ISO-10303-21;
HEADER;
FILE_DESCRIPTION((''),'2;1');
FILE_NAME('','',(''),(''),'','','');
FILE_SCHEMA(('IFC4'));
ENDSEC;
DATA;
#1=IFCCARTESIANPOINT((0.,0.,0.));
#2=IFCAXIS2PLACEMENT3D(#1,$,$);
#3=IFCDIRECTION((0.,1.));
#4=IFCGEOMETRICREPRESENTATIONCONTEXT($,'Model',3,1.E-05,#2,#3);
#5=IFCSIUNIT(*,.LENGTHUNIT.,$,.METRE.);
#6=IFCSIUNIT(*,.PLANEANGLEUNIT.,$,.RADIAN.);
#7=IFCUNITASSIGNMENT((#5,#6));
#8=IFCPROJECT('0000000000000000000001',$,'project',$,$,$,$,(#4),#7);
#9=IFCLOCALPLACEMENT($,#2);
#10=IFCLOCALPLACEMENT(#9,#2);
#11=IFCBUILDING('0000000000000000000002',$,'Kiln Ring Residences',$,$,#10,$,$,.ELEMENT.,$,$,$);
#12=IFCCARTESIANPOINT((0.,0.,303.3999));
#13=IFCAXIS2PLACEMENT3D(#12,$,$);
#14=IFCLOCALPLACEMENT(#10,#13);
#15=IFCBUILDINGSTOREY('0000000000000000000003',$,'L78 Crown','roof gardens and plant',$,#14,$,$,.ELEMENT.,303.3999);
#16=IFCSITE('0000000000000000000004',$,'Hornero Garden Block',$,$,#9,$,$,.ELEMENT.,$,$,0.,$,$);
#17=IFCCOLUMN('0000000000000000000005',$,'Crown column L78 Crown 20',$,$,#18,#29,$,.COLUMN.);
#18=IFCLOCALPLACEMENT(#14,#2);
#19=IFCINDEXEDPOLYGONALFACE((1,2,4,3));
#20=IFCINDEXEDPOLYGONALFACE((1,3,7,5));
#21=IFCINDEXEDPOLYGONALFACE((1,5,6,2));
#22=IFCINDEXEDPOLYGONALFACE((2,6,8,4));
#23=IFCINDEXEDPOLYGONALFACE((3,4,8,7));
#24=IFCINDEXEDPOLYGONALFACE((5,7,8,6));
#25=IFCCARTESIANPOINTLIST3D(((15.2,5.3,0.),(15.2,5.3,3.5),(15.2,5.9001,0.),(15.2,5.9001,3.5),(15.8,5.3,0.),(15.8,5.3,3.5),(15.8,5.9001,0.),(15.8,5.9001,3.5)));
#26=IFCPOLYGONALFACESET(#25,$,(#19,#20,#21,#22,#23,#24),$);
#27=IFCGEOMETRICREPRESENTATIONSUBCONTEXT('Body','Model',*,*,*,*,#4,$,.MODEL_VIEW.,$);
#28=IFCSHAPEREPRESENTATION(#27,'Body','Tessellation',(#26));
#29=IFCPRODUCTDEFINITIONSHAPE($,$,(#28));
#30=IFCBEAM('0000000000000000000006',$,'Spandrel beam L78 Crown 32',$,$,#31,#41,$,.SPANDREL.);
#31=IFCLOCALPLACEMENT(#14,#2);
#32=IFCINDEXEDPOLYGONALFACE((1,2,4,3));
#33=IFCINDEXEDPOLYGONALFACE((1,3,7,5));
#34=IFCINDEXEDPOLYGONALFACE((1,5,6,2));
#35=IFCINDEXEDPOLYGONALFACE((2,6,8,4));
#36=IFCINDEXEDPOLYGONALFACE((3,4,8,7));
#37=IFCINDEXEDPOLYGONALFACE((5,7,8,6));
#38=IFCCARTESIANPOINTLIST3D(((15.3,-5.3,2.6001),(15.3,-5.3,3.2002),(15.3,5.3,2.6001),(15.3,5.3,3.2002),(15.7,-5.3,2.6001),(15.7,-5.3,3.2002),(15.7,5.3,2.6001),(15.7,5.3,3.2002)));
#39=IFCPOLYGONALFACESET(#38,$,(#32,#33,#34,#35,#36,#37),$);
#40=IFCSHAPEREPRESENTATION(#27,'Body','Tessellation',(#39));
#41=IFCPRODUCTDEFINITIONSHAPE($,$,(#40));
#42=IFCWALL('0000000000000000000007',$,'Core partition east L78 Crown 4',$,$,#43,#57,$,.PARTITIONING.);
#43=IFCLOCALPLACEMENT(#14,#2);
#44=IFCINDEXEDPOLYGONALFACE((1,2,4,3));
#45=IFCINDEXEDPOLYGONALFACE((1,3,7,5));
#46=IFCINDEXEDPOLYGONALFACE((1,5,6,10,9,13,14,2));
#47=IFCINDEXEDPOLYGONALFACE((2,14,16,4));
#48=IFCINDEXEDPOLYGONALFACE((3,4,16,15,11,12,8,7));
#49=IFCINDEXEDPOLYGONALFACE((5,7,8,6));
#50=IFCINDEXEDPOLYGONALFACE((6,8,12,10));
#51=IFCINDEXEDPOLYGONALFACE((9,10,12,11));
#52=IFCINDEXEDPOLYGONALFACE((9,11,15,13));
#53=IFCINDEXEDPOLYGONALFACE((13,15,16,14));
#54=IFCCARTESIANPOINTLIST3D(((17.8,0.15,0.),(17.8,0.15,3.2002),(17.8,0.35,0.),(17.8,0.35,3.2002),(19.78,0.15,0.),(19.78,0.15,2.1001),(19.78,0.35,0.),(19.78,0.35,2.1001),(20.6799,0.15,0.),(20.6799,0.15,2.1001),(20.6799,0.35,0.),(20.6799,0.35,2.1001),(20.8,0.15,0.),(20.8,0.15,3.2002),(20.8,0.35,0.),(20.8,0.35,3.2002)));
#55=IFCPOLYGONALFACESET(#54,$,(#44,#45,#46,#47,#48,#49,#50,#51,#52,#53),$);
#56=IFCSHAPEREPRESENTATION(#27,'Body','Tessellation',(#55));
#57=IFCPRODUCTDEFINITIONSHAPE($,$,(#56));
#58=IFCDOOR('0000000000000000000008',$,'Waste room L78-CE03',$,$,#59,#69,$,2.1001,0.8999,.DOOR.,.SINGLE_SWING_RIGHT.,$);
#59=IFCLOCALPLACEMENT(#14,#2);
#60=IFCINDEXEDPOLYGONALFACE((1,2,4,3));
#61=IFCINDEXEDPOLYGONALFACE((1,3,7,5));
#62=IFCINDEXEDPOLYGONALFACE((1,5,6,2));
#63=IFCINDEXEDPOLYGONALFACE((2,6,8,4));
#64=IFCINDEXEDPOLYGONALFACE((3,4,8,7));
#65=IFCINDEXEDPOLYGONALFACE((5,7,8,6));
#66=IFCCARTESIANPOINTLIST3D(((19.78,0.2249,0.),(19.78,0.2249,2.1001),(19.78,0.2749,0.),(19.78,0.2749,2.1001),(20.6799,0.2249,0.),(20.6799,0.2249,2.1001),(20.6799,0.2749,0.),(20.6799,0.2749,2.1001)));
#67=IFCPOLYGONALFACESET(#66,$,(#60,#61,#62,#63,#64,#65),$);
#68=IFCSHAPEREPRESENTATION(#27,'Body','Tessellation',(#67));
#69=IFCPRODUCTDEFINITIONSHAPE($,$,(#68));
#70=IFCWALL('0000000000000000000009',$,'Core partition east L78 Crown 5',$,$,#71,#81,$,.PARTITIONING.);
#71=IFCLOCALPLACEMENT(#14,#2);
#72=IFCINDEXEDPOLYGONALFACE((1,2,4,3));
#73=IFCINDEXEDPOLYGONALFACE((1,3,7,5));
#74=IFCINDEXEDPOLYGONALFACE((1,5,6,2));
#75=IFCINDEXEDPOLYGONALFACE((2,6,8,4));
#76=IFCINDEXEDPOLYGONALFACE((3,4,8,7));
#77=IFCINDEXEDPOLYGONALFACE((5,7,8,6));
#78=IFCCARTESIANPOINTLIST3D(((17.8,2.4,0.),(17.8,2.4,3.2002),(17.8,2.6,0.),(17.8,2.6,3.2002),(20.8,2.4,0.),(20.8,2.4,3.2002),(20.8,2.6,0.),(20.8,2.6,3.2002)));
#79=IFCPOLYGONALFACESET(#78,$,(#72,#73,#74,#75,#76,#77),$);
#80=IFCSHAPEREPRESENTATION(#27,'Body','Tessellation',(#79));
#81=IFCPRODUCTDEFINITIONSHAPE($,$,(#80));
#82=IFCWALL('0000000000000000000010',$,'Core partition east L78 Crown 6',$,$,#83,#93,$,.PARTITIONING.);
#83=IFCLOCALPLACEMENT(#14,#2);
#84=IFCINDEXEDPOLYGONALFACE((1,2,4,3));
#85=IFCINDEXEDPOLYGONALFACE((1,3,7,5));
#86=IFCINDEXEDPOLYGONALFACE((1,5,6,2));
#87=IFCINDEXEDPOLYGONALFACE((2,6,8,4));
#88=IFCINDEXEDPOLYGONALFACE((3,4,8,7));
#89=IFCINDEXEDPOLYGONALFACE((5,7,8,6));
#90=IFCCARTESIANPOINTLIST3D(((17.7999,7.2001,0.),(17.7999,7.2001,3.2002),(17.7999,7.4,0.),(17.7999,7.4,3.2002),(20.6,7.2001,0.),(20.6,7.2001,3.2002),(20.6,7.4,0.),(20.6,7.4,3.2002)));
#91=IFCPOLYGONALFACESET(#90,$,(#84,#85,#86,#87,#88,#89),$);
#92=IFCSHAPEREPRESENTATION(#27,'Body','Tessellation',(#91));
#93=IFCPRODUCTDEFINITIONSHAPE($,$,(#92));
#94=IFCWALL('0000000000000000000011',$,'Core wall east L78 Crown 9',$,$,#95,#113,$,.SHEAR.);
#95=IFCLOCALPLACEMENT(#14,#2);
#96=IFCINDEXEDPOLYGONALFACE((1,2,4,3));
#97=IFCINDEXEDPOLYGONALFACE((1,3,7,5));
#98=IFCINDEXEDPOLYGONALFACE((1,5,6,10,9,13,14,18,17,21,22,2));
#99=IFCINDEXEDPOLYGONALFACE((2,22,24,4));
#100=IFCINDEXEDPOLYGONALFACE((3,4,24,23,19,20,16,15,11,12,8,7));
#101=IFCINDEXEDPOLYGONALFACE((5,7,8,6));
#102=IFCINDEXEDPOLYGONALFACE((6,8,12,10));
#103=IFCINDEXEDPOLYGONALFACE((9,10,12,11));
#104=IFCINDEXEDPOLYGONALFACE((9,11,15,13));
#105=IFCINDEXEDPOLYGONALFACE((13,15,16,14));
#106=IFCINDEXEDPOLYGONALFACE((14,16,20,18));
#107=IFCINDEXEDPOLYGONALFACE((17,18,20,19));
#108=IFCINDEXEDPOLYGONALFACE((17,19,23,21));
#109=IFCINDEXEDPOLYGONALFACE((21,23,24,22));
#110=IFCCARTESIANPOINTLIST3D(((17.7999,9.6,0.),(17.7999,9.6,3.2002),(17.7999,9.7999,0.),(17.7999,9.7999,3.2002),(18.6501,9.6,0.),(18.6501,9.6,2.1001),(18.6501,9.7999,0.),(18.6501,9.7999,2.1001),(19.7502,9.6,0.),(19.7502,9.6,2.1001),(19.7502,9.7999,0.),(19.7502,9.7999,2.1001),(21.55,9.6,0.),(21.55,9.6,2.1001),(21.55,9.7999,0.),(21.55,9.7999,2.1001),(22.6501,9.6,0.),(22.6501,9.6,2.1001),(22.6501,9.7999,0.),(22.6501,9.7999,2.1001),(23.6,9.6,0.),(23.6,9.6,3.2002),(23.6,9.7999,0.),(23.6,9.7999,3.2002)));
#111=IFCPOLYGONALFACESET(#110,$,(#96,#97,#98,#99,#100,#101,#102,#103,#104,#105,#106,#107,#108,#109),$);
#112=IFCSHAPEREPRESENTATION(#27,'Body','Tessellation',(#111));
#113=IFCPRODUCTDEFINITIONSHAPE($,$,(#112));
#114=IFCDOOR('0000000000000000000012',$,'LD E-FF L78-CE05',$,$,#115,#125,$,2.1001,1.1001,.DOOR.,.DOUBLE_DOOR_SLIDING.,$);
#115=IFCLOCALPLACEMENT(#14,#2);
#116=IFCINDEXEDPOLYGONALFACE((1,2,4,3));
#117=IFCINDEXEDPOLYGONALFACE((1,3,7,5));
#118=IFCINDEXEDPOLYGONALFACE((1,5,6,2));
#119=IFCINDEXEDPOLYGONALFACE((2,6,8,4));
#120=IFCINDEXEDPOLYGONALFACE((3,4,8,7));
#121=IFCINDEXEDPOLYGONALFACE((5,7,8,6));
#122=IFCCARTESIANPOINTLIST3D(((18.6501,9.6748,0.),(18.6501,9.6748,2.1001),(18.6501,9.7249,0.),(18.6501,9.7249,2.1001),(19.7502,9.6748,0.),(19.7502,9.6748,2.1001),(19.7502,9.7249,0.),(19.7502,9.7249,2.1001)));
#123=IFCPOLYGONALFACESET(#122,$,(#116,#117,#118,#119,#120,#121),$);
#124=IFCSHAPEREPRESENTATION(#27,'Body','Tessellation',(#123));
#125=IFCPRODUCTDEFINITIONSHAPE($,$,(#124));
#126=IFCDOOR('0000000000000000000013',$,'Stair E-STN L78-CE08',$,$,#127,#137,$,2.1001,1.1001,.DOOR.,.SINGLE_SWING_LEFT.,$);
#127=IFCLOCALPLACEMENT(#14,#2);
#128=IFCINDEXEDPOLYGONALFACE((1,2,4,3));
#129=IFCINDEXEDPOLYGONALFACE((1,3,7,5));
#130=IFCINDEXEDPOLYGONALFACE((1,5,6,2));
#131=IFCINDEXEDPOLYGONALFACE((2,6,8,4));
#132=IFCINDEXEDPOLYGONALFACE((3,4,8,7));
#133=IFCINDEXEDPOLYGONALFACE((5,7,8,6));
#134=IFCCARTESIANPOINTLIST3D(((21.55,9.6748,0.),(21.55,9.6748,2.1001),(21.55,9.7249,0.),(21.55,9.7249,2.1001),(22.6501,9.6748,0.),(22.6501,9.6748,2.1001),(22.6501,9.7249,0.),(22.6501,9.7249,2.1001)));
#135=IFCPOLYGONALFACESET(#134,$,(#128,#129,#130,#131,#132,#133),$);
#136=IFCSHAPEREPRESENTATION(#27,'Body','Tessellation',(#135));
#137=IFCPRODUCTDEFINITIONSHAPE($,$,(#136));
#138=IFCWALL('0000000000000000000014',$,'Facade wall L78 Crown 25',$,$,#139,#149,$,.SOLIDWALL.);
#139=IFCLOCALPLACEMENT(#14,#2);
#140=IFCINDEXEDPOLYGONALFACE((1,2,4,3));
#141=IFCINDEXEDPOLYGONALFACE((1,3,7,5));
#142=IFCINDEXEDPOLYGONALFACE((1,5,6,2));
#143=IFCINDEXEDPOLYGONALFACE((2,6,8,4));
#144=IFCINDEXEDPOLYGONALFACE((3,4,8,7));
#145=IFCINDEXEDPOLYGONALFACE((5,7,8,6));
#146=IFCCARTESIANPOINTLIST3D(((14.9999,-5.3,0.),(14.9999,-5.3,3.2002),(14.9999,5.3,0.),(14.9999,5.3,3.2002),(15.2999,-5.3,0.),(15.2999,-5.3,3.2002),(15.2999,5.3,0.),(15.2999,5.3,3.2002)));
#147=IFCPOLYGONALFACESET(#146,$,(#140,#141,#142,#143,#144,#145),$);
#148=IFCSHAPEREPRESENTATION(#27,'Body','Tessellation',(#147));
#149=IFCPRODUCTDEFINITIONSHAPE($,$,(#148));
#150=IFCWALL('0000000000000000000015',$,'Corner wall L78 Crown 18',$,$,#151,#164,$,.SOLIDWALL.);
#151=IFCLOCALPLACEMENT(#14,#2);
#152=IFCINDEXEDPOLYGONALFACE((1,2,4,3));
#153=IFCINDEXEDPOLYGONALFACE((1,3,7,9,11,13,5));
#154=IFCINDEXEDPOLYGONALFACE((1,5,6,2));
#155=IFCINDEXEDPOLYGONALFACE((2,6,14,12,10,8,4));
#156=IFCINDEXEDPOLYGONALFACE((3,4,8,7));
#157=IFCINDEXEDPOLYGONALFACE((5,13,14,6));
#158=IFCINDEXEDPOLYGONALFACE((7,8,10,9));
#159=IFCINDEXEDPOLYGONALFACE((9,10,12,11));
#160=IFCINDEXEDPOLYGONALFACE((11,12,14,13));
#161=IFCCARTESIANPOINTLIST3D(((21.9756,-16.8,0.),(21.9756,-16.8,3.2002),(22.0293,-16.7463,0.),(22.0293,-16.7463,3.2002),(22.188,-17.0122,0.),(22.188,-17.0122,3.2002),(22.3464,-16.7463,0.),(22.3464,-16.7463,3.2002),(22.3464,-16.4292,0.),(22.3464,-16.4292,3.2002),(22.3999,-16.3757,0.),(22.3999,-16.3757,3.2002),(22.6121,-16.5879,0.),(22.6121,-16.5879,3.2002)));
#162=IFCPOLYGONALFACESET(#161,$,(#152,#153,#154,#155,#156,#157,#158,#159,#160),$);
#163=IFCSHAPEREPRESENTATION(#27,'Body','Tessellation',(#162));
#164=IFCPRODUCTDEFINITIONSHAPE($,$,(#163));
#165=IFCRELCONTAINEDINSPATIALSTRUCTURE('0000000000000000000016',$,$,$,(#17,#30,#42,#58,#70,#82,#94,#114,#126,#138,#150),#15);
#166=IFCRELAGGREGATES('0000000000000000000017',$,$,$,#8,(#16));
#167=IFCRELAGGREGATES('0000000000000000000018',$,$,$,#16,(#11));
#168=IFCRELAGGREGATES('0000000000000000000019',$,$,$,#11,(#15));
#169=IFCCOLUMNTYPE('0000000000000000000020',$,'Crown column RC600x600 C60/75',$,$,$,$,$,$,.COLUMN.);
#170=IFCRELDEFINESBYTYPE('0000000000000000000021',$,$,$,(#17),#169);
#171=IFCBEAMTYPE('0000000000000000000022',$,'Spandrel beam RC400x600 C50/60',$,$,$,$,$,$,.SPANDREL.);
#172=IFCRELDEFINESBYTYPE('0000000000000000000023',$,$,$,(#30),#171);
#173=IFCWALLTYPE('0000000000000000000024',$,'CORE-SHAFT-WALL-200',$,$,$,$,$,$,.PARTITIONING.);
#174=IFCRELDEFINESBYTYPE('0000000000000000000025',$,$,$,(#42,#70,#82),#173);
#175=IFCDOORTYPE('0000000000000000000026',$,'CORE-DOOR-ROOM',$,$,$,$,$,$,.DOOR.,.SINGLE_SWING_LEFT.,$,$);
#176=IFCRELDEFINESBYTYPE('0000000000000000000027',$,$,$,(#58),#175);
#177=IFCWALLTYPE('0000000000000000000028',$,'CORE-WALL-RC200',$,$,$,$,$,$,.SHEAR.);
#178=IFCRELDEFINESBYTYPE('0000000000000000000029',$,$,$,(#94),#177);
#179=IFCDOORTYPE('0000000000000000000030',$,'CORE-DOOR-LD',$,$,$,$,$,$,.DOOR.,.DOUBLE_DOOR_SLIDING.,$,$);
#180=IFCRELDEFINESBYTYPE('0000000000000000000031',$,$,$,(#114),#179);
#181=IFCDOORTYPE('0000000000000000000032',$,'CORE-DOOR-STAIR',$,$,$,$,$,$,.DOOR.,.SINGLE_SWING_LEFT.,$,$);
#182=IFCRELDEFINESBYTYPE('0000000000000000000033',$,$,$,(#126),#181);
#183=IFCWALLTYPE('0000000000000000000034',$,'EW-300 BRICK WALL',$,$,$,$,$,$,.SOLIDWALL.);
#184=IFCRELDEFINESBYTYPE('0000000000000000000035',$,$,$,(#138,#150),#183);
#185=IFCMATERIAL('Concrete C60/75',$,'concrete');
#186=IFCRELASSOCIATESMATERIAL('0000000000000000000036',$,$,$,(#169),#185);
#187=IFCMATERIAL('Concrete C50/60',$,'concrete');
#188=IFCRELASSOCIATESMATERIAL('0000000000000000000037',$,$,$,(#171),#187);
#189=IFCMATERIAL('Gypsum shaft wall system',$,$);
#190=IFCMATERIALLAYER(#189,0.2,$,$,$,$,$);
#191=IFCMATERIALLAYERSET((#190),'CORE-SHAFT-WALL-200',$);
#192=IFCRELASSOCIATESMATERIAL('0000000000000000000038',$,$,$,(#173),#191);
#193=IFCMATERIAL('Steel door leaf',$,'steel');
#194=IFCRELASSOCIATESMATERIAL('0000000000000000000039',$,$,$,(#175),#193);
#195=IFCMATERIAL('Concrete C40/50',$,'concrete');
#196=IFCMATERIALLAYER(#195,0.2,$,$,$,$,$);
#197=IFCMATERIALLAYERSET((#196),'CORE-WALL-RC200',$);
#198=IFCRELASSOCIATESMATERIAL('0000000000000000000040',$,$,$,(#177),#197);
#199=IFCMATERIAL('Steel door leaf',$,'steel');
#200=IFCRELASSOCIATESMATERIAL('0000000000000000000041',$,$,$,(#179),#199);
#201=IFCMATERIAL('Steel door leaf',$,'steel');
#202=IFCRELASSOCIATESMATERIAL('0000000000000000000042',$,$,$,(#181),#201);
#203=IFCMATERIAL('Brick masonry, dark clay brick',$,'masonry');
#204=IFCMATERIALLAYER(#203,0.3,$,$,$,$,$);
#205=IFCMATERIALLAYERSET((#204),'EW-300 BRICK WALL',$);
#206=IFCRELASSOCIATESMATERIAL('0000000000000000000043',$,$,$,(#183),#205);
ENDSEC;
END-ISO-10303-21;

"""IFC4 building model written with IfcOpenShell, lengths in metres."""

from ifc_helpers import new_model, si_unit, direction, frame, frame_2d, origin, origin_2d, place, context, subcontext, project, spatial, polyline, rectangle, outline, extrude, material, layer, layer_set, material_profile, profile_set, type_object, element, fill, save


model = new_model("IFC4")

# Units and contexts
model_context = context("Model", 3, precision=1e-05, world=origin(), true_north=direction((0.0, 1.0)))
body_context = subcontext(model_context, "Body", "Model", "MODEL_VIEW")
ifc_project = project(units=[si_unit("LENGTHUNIT", "METRE"), si_unit("PLANEANGLEUNIT", "RADIAN")], contexts=[model_context])

# Site, building, storey
site_placement = place(None, origin())
site = spatial("IfcSite", under=ifc_project, at=site_placement, Name="Hornero Garden Block", CompositionType="ELEMENT", RefElevation=0.0)
building_placement = place(site_placement, origin())
building = spatial("IfcBuilding", under=site, at=building_placement, Name="Kiln Ring Residences", CompositionType="ELEMENT")
storey_placement = place(building_placement, frame((0.0, 0.0, 303.3999)))
storey = spatial("IfcBuildingStorey", under=building, at=storey_placement, Name="L78 Crown", Description="roof gardens and plant", CompositionType="ELEMENT", Elevation=303.3999)

# Column
ifc_material_1 = material(Name="Concrete C60/75", Category="concrete")
ifc_material_profile_1 = material_profile(ifc_material_1, rectangle(XDim=0.6001, YDim=0.6001, at=origin_2d()), Name="RC600x600")
ifc_profile_set_1 = profile_set([ifc_material_profile_1], Name="Concrete C60/75")
column_type = type_object("IfcColumnType", Name="Crown column RC600x600 C60/75", PredefinedType="COLUMN", material=ifc_profile_set_1)
column_placement = place(storey_placement, frame((15.5, 5.6001, 0.0), z_axis=(0.0, 0.0, 1.0), x_axis=(1.0, 0.0, 0.0)))
element("IfcColumn", 1, at=column_placement, inside=storey, type_object=column_type, Name="Crown column L78 Crown 20", PredefinedType="COLUMN", context=body_context, shape_type="SweptSolid", body=[
    extrude(rectangle(XDim=0.6001, YDim=0.6001, at=origin_2d()), origin(), (0.0, 0.0, 1.0), 3.5),
])

# Beam
ifc_material_2 = material(Name="Concrete C50/60", Category="concrete")
ifc_material_profile_2 = material_profile(ifc_material_2, rectangle(XDim=0.3999, YDim=0.6001, at=origin_2d()), Name="RC400x600")
ifc_profile_set_2 = profile_set([ifc_material_profile_2], Name="Concrete C50/60")
beam_type = type_object("IfcBeamType", Name="Spandrel beam RC400x600 C50/60", PredefinedType="SPANDREL", material=ifc_profile_set_2)
beam_placement = place(storey_placement, frame((15.5, 5.3, 2.9001), z_axis=(0.0, -1.0, 0.0), x_axis=(1.0, 0.0, 0.0)))
element("IfcBeam", 2, at=beam_placement, inside=storey, type_object=beam_type, Name="Spandrel beam L78 Crown 32", PredefinedType="SPANDREL", context=body_context, shape_type="SweptSolid", body=[
    extrude(rectangle(XDim=0.3999, YDim=0.6001, at=origin_2d()), origin(), (0.0, 0.0, 1.0), 10.6001),
])

# Wall, opening, door
ifc_material_3 = material(Name="Gypsum shaft wall system")
ifc_layer_1 = layer(ifc_material_3, 0.2)
ifc_layer_set_1 = layer_set([ifc_layer_1], Name="CORE-SHAFT-WALL-200")
wall_type_1 = type_object("IfcWallType", Name="CORE-SHAFT-WALL-200", PredefinedType="PARTITIONING", material=ifc_layer_set_1)
wall_1_placement = place(storey_placement, frame((17.8, 0.25, 0.0), z_axis=(0.0, 0.0, 1.0), x_axis=(1.0, 0.0, 0.0)))
wall_1 = element("IfcWall", 3, at=wall_1_placement, inside=storey, type_object=wall_type_1, Name="Core partition east L78 Crown 4", PredefinedType="PARTITIONING", context=body_context, shape_type="SweptSolid", body=[
    extrude(rectangle(XDim=3.0, YDim=0.2, at=frame_2d((1.5, 0.0))), origin(), (0.0, 0.0, 1.0), 3.2002),
])
opening_1_placement = place(wall_1_placement, frame((1.98, 0.0, 0.0)))
opening_1 = element("IfcOpeningElement", 4, at=opening_1_placement, cuts=wall_1, PredefinedType="OPENING", context=body_context, shape_type="SweptSolid", body=[
    extrude(rectangle(XDim=0.8999, YDim=2.1001, at=frame_2d((0.45, 1.05))), frame((0.0, 0.1099, 0.0), z_axis=(0.0, -1.0, 0.0), x_axis=(1.0, 0.0, 0.0)), (0.0, 0.0, 1.0), 0.22),
])
ifc_material_4 = material(Name="Steel door leaf", Category="steel")
door_type_1 = type_object("IfcDoorType", Name="CORE-DOOR-ROOM", OperationType="SINGLE_SWING_LEFT", PredefinedType="DOOR", material=ifc_material_4)
door_1_placement = place(opening_1_placement, origin())
door_1 = element("IfcDoor", 5, at=door_1_placement, inside=storey, type_object=door_type_1, Name="Waste room L78-CE03", OperationType="SINGLE_SWING_RIGHT", OverallHeight=2.1001, OverallWidth=0.8999, PredefinedType="DOOR", context=body_context, shape_type="SweptSolid", body=[
    extrude(rectangle(XDim=0.8999, YDim=2.1001, at=frame_2d((0.45, 1.05))), frame((0.0, 0.0249, 0.0), z_axis=(0.0, -1.0, 0.0), x_axis=(1.0, 0.0, 0.0)), (0.0, 0.0, 1.0), 0.05),
])
fill(opening_1, door_1)

# Walls
wall_2_placement = place(storey_placement, frame((17.8, 2.5, 0.0), z_axis=(0.0, 0.0, 1.0), x_axis=(1.0, 0.0, 0.0)))
element("IfcWall", 6, at=wall_2_placement, inside=storey, type_object=wall_type_1, Name="Core partition east L78 Crown 5", PredefinedType="PARTITIONING", context=body_context, shape_type="SweptSolid", body=[
    extrude(rectangle(XDim=3.0, YDim=0.2, at=frame_2d((1.5, 0.0))), origin(), (0.0, 0.0, 1.0), 3.2002),
])
wall_3_placement = place(storey_placement, frame((17.8, 7.3, 0.0), z_axis=(0.0, 0.0, 1.0), x_axis=(1.0, 0.0, 0.0)))
element("IfcWall", 7, at=wall_3_placement, inside=storey, type_object=wall_type_1, Name="Core partition east L78 Crown 6", PredefinedType="PARTITIONING", context=body_context, shape_type="SweptSolid", body=[
    extrude(rectangle(XDim=2.8, YDim=0.2, at=frame_2d((1.3999, 0.0))), origin(), (0.0, 0.0, 1.0), 3.2002),
])

# Wall, openings, doors
ifc_material_5 = material(Name="Concrete C40/50", Category="concrete")
ifc_layer_2 = layer(ifc_material_5, 0.2)
ifc_layer_set_2 = layer_set([ifc_layer_2], Name="CORE-WALL-RC200")
wall_type_2 = type_object("IfcWallType", Name="CORE-WALL-RC200", PredefinedType="SHEAR", material=ifc_layer_set_2)
wall_4_placement = place(storey_placement, frame((17.8, 9.7, 0.0), z_axis=(0.0, 0.0, 1.0), x_axis=(1.0, 0.0, 0.0)))
wall_4 = element("IfcWall", 8, at=wall_4_placement, inside=storey, type_object=wall_type_2, Name="Core wall east L78 Crown 9", PredefinedType="SHEAR", context=body_context, shape_type="SweptSolid", body=[
    extrude(rectangle(XDim=5.8, YDim=0.2, at=frame_2d((2.8999, 0.0))), origin(), (0.0, 0.0, 1.0), 3.2002),
])
opening_2_placement = place(wall_4_placement, frame((0.8501, 0.0, 0.0)))
opening_2 = element("IfcOpeningElement", 9, at=opening_2_placement, cuts=wall_4, PredefinedType="OPENING", context=body_context, shape_type="SweptSolid", body=[
    extrude(rectangle(XDim=1.1001, YDim=2.1001, at=frame_2d((0.55, 1.05))), frame((0.0, 0.1099, 0.0), z_axis=(0.0, -1.0, 0.0), x_axis=(1.0, 0.0, 0.0)), (0.0, 0.0, 1.0), 0.22),
])
opening_3_placement = place(wall_4_placement, frame((3.75, 0.0, 0.0)))
opening_3 = element("IfcOpeningElement", 10, at=opening_3_placement, cuts=wall_4, PredefinedType="OPENING", context=body_context, shape_type="SweptSolid", body=[
    extrude(rectangle(XDim=1.1001, YDim=2.1001, at=frame_2d((0.55, 1.05))), frame((0.0, 0.1099, 0.0), z_axis=(0.0, -1.0, 0.0), x_axis=(1.0, 0.0, 0.0)), (0.0, 0.0, 1.0), 0.22),
])
ifc_material_6 = material(Name="Steel door leaf", Category="steel")
door_type_2 = type_object("IfcDoorType", Name="CORE-DOOR-LD", OperationType="DOUBLE_DOOR_SLIDING", PredefinedType="DOOR", material=ifc_material_6)
door_2_placement = place(opening_2_placement, origin())
door_2 = element("IfcDoor", 11, at=door_2_placement, inside=storey, type_object=door_type_2, Name="LD E-FF L78-CE05", OperationType="DOUBLE_DOOR_SLIDING", OverallHeight=2.1001, OverallWidth=1.1001, PredefinedType="DOOR", context=body_context, shape_type="SweptSolid", body=[
    extrude(rectangle(XDim=1.1001, YDim=2.1001, at=frame_2d((0.55, 1.05))), frame((0.0, 0.0249, 0.0), z_axis=(0.0, -1.0, 0.0), x_axis=(1.0, 0.0, 0.0)), (0.0, 0.0, 1.0), 0.05),
])
fill(opening_2, door_2)
ifc_material_7 = material(Name="Steel door leaf", Category="steel")
door_type_3 = type_object("IfcDoorType", Name="CORE-DOOR-STAIR", OperationType="SINGLE_SWING_LEFT", PredefinedType="DOOR", material=ifc_material_7)
door_3_placement = place(opening_3_placement, origin())
door_3 = element("IfcDoor", 12, at=door_3_placement, inside=storey, type_object=door_type_3, Name="Stair E-STN L78-CE08", OperationType="SINGLE_SWING_LEFT", OverallHeight=2.1001, OverallWidth=1.1001, PredefinedType="DOOR", context=body_context, shape_type="SweptSolid", body=[
    extrude(rectangle(XDim=1.1001, YDim=2.1001, at=frame_2d((0.55, 1.05))), frame((0.0, 0.0249, 0.0), z_axis=(0.0, -1.0, 0.0), x_axis=(1.0, 0.0, 0.0)), (0.0, 0.0, 1.0), 0.05),
])
fill(opening_3, door_3)

# Walls
ifc_material_8 = material(Name="Brick masonry, dark clay brick", Category="masonry")
ifc_layer_3 = layer(ifc_material_8, 0.3)
ifc_layer_set_3 = layer_set([ifc_layer_3], Name="EW-300 BRICK WALL")
wall_type_3 = type_object("IfcWallType", Name="EW-300 BRICK WALL", PredefinedType="SOLIDWALL", material=ifc_layer_set_3)
wall_5_placement = place(storey_placement, frame((15.1499, 5.3, 0.0), z_axis=(0.0, 0.0, 1.0), x_axis=(0.0, -1.0, 0.0)))
element("IfcWall", 13, at=wall_5_placement, inside=storey, type_object=wall_type_3, Name="Facade wall L78 Crown 25", PredefinedType="SOLIDWALL", context=body_context, shape_type="SweptSolid", body=[
    extrude(rectangle(XDim=10.6001, YDim=0.3, at=frame_2d((5.3, 0.0))), origin(), (0.0, 0.0, 1.0), 3.2002),
])
placement = place(storey_placement, origin())
element("IfcWall", 14, at=placement, inside=storey, type_object=wall_type_3, Name="Corner wall L78 Crown 18", PredefinedType="SOLIDWALL", context=body_context, shape_type="SweptSolid", body=[
    extrude(outline(polyline([(21.9756, -16.8), (22.188, -17.0122), (22.6121, -16.5879), (22.3999, -16.3757), (22.3464, -16.4292), (22.3464, -16.7463), (22.0293, -16.7463), (21.9756, -16.8)])), origin(), (0.0, 0.0, 1.0), 3.2002),
])

save(model, "model.ifc")
